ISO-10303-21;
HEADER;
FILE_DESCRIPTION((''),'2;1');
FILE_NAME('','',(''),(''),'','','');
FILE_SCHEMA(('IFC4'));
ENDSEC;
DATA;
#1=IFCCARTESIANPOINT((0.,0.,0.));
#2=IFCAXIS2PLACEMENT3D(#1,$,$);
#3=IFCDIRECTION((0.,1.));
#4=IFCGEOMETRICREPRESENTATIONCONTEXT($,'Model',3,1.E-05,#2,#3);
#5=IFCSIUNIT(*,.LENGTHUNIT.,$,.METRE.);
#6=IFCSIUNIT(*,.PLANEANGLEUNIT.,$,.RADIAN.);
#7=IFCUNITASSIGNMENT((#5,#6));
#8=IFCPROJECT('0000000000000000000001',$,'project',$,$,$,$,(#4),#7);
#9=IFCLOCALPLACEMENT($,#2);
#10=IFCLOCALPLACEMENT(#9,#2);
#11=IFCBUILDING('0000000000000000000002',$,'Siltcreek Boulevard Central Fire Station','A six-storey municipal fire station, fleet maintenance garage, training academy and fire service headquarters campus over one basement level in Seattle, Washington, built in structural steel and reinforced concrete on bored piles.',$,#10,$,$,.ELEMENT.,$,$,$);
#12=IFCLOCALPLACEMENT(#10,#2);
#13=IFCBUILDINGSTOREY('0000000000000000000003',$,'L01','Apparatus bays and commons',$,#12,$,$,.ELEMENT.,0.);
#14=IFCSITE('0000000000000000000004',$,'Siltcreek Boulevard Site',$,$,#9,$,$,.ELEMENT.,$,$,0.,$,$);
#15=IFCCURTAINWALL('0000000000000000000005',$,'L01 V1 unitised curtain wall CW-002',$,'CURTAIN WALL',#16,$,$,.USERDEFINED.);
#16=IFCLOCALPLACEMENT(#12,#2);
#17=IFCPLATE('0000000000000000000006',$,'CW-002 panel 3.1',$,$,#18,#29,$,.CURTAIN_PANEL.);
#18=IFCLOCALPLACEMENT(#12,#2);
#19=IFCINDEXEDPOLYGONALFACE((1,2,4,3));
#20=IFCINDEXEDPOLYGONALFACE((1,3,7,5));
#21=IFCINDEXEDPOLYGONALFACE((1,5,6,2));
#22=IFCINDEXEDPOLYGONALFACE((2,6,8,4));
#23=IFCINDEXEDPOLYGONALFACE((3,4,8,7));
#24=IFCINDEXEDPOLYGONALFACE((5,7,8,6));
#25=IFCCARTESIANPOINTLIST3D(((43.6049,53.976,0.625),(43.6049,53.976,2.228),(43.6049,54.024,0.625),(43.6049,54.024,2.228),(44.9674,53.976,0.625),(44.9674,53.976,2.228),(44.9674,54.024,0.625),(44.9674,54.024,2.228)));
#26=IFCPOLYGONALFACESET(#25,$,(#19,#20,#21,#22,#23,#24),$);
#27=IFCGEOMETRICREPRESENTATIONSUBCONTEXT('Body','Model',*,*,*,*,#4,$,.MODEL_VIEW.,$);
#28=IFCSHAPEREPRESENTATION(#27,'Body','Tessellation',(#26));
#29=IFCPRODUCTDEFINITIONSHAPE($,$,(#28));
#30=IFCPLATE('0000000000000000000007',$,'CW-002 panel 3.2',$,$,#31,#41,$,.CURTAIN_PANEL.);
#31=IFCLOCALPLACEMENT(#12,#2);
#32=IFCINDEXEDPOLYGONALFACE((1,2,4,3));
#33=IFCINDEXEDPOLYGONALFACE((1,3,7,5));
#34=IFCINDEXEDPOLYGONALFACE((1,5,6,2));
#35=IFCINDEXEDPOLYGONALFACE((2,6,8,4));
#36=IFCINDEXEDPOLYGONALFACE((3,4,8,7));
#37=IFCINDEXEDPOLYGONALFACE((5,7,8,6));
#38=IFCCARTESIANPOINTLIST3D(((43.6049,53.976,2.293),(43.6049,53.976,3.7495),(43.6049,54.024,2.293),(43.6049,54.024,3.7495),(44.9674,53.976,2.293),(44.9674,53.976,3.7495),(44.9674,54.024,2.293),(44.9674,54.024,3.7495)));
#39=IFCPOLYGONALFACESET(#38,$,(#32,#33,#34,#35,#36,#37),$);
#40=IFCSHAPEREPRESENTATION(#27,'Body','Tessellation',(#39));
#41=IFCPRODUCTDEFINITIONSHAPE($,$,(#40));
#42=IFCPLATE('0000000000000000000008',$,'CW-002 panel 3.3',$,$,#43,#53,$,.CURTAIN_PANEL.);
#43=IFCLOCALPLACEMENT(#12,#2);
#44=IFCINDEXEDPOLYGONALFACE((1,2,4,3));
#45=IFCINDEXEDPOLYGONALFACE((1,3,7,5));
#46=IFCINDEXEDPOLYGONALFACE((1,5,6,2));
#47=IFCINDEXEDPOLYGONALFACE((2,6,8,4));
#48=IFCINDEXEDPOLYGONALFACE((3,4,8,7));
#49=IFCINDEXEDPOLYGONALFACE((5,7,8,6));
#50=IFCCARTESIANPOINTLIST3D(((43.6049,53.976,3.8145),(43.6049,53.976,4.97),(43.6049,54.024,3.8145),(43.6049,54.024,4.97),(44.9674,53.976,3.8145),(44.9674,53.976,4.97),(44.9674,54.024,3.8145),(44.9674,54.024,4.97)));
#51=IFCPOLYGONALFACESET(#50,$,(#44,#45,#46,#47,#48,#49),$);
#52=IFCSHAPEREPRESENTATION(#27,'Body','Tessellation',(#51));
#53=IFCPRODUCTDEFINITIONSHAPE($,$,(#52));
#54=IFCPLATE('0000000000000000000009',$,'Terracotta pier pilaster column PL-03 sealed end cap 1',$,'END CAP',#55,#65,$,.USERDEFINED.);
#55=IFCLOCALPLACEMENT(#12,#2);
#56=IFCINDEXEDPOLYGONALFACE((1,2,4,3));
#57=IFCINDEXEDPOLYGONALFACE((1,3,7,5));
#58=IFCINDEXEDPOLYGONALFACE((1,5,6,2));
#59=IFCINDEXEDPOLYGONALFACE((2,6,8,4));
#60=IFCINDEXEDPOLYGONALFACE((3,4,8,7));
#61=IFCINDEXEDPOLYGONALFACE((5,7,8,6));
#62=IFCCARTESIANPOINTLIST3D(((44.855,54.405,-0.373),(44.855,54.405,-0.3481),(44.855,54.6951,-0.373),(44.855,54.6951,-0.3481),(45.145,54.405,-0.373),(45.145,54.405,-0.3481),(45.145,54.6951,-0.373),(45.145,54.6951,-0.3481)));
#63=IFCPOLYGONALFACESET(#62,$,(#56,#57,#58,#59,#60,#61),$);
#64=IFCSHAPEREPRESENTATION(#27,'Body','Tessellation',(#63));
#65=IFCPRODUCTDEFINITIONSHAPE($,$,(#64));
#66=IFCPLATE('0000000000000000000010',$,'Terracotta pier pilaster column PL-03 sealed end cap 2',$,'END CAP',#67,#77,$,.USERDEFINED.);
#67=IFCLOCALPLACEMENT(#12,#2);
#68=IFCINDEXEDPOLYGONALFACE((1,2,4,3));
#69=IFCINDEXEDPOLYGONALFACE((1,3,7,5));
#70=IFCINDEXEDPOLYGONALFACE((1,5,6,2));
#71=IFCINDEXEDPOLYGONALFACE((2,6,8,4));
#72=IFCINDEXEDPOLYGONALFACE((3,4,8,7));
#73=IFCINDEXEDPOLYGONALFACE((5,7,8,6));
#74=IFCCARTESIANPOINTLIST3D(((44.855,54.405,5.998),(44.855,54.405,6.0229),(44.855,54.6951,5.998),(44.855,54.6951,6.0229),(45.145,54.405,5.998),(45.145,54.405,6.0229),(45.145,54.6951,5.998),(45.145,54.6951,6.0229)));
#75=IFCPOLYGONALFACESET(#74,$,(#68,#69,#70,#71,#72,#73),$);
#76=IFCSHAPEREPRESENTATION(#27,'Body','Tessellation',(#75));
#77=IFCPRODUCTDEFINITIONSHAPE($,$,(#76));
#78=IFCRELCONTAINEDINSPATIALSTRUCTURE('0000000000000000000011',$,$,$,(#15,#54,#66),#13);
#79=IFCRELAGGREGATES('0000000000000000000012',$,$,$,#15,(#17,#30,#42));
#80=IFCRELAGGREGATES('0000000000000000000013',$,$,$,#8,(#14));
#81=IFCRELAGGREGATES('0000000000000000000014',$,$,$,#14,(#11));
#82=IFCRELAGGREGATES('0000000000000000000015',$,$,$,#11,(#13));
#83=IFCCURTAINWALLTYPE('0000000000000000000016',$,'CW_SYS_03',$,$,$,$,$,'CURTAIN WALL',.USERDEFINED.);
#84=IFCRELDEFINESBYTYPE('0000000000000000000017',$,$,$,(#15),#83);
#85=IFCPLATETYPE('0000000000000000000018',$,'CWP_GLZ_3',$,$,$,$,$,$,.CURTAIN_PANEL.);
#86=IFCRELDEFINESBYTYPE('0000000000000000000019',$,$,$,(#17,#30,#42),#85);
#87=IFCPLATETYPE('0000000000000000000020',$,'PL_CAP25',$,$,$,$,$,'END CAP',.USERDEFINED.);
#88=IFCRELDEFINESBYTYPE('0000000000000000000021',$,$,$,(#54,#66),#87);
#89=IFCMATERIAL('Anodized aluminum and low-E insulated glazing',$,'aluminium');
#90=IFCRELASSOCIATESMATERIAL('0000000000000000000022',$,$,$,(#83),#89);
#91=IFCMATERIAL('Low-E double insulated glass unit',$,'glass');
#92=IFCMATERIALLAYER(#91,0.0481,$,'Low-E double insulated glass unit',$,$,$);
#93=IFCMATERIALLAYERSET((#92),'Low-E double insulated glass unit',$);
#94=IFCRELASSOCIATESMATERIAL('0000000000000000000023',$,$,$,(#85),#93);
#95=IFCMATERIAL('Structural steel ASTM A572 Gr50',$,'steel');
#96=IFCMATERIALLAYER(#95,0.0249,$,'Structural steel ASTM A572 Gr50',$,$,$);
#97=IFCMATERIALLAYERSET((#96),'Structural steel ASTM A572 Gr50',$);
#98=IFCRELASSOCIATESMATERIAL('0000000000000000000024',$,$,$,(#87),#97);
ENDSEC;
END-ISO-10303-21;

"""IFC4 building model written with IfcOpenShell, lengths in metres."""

from ifc_helpers import new_model, si_unit, direction, frame, origin, origin_2d, place, context, subcontext, project, spatial, rectangle, extrude, material, layer, layer_set, type_object, element, aggregate, save


model = new_model("IFC4")

# Units and contexts
model_context = context("Model", 3, precision=1e-05, world=origin(), true_north=direction((0.0, 1.0)))
body_context = subcontext(model_context, "Body", "Model", "MODEL_VIEW")
ifc_project = project(units=[si_unit("LENGTHUNIT", "METRE"), si_unit("PLANEANGLEUNIT", "RADIAN")], contexts=[model_context])

# Site, building, storey
site_placement = place(None, origin())
site = spatial("IfcSite", under=ifc_project, at=site_placement, Name="Siltcreek Boulevard Site", CompositionType="ELEMENT", RefElevation=0.0)
building_placement = place(site_placement, origin())
building = spatial("IfcBuilding", under=site, at=building_placement, Name="Siltcreek Boulevard Central Fire Station", Description="A six-storey municipal fire station, fleet maintenance garage, training academy and fire service headquarters campus over one basement level in Seattle, Washington, built in structural steel and reinforced concrete on bored piles.", CompositionType="ELEMENT")
storey_placement = place(building_placement, origin())
storey = spatial("IfcBuildingStorey", under=building, at=storey_placement, Name="L01", Description="Apparatus bays and commons", CompositionType="ELEMENT", Elevation=0.0)

# Curtain wall, plates
ifc_material_1 = material(Name="Anodized aluminum and low-E insulated glazing", Category="aluminium")
curtain_wall_type = type_object("IfcCurtainWallType", Name="CW_SYS_03", ElementType="CURTAIN WALL", PredefinedType="USERDEFINED", material=ifc_material_1)
curtain_wall_placement = place(storey_placement, origin())
curtain_wall = element("IfcCurtainWall", 1, at=curtain_wall_placement, inside=storey, type_object=curtain_wall_type, Name="L01 V1 unitised curtain wall CW-002", ObjectType="CURTAIN WALL", PredefinedType="USERDEFINED")
ifc_material_2 = material(Name="Low-E double insulated glass unit", Category="glass")
ifc_layer_1 = layer(ifc_material_2, 0.0481, Name="Low-E double insulated glass unit")
ifc_layer_set_1 = layer_set([ifc_layer_1], Name="Low-E double insulated glass unit")
plate_type_1 = type_object("IfcPlateType", Name="CWP_GLZ_3", PredefinedType="CURTAIN_PANEL", material=ifc_layer_set_1)
plate_1_placement = place(storey_placement, frame((44.2861, 54.0, 0.625), z_axis=(0.0, 0.0, 1.0), x_axis=(-1.0, 0.0, 0.0)))
plate_1 = element("IfcPlate", 2, at=plate_1_placement, type_object=plate_type_1, Name="CW-002 panel 3.1", PredefinedType="CURTAIN_PANEL", context=body_context, shape_type="SweptSolid", body=[
    extrude(rectangle(XDim=1.3625, YDim=0.0481, at=origin_2d()), origin(), (0.0, 0.0, 1.0), 1.603),
])
plate_2_placement = place(storey_placement, frame((44.2861, 54.0, 2.293), z_axis=(0.0, 0.0, 1.0), x_axis=(-1.0, 0.0, 0.0)))
plate_2 = element("IfcPlate", 3, at=plate_2_placement, type_object=plate_type_1, Name="CW-002 panel 3.2", PredefinedType="CURTAIN_PANEL", context=body_context, shape_type="SweptSolid", body=[
    extrude(rectangle(XDim=1.3625, YDim=0.0481, at=origin_2d()), origin(), (0.0, 0.0, 1.0), 1.4565),
])
plate_3_placement = place(storey_placement, frame((44.2861, 54.0, 3.8145), z_axis=(0.0, 0.0, 1.0), x_axis=(-1.0, 0.0, 0.0)))
plate_3 = element("IfcPlate", 4, at=plate_3_placement, type_object=plate_type_1, Name="CW-002 panel 3.3", PredefinedType="CURTAIN_PANEL", context=body_context, shape_type="SweptSolid", body=[
    extrude(rectangle(XDim=1.3625, YDim=0.0481, at=origin_2d()), origin(), (0.0, 0.0, 1.0), 1.1555),
])
aggregate(curtain_wall, [plate_1, plate_2, plate_3])

# Plates
ifc_material_3 = material(Name="Structural steel ASTM A572 Gr50", Category="steel")
ifc_layer_2 = layer(ifc_material_3, 0.0249, Name="Structural steel ASTM A572 Gr50")
ifc_layer_set_2 = layer_set([ifc_layer_2], Name="Structural steel ASTM A572 Gr50")
plate_type_2 = type_object("IfcPlateType", Name="PL_CAP25", ElementType="END CAP", PredefinedType="USERDEFINED", material=ifc_layer_set_2)
for number, where, z_axis, x_axis, name in (
    (5, (45.0, 54.55, -0.373), (0.0, 0.0, 1.0), (1.0, 0.0, 0.0), "Terracotta pier pilaster column PL-03 sealed end cap 1"),
    (6, (45.0, 54.55, 5.998), (0.0, 0.0, 1.0), (1.0, 0.0, 0.0), "Terracotta pier pilaster column PL-03 sealed end cap 2"),
):
    element("IfcPlate", number, at=place(storey_placement, frame(where, z_axis=z_axis, x_axis=x_axis)), inside=storey, type_object=plate_type_2, Name=name, ObjectType="END CAP", PredefinedType="USERDEFINED", context=body_context, shape_type="SweptSolid", body=[
        extrude(rectangle(XDim=0.29, YDim=0.29, at=origin_2d()), origin(), (0.0, 0.0, 1.0), 0.0249),
    ])

save(model, "model.ifc")
